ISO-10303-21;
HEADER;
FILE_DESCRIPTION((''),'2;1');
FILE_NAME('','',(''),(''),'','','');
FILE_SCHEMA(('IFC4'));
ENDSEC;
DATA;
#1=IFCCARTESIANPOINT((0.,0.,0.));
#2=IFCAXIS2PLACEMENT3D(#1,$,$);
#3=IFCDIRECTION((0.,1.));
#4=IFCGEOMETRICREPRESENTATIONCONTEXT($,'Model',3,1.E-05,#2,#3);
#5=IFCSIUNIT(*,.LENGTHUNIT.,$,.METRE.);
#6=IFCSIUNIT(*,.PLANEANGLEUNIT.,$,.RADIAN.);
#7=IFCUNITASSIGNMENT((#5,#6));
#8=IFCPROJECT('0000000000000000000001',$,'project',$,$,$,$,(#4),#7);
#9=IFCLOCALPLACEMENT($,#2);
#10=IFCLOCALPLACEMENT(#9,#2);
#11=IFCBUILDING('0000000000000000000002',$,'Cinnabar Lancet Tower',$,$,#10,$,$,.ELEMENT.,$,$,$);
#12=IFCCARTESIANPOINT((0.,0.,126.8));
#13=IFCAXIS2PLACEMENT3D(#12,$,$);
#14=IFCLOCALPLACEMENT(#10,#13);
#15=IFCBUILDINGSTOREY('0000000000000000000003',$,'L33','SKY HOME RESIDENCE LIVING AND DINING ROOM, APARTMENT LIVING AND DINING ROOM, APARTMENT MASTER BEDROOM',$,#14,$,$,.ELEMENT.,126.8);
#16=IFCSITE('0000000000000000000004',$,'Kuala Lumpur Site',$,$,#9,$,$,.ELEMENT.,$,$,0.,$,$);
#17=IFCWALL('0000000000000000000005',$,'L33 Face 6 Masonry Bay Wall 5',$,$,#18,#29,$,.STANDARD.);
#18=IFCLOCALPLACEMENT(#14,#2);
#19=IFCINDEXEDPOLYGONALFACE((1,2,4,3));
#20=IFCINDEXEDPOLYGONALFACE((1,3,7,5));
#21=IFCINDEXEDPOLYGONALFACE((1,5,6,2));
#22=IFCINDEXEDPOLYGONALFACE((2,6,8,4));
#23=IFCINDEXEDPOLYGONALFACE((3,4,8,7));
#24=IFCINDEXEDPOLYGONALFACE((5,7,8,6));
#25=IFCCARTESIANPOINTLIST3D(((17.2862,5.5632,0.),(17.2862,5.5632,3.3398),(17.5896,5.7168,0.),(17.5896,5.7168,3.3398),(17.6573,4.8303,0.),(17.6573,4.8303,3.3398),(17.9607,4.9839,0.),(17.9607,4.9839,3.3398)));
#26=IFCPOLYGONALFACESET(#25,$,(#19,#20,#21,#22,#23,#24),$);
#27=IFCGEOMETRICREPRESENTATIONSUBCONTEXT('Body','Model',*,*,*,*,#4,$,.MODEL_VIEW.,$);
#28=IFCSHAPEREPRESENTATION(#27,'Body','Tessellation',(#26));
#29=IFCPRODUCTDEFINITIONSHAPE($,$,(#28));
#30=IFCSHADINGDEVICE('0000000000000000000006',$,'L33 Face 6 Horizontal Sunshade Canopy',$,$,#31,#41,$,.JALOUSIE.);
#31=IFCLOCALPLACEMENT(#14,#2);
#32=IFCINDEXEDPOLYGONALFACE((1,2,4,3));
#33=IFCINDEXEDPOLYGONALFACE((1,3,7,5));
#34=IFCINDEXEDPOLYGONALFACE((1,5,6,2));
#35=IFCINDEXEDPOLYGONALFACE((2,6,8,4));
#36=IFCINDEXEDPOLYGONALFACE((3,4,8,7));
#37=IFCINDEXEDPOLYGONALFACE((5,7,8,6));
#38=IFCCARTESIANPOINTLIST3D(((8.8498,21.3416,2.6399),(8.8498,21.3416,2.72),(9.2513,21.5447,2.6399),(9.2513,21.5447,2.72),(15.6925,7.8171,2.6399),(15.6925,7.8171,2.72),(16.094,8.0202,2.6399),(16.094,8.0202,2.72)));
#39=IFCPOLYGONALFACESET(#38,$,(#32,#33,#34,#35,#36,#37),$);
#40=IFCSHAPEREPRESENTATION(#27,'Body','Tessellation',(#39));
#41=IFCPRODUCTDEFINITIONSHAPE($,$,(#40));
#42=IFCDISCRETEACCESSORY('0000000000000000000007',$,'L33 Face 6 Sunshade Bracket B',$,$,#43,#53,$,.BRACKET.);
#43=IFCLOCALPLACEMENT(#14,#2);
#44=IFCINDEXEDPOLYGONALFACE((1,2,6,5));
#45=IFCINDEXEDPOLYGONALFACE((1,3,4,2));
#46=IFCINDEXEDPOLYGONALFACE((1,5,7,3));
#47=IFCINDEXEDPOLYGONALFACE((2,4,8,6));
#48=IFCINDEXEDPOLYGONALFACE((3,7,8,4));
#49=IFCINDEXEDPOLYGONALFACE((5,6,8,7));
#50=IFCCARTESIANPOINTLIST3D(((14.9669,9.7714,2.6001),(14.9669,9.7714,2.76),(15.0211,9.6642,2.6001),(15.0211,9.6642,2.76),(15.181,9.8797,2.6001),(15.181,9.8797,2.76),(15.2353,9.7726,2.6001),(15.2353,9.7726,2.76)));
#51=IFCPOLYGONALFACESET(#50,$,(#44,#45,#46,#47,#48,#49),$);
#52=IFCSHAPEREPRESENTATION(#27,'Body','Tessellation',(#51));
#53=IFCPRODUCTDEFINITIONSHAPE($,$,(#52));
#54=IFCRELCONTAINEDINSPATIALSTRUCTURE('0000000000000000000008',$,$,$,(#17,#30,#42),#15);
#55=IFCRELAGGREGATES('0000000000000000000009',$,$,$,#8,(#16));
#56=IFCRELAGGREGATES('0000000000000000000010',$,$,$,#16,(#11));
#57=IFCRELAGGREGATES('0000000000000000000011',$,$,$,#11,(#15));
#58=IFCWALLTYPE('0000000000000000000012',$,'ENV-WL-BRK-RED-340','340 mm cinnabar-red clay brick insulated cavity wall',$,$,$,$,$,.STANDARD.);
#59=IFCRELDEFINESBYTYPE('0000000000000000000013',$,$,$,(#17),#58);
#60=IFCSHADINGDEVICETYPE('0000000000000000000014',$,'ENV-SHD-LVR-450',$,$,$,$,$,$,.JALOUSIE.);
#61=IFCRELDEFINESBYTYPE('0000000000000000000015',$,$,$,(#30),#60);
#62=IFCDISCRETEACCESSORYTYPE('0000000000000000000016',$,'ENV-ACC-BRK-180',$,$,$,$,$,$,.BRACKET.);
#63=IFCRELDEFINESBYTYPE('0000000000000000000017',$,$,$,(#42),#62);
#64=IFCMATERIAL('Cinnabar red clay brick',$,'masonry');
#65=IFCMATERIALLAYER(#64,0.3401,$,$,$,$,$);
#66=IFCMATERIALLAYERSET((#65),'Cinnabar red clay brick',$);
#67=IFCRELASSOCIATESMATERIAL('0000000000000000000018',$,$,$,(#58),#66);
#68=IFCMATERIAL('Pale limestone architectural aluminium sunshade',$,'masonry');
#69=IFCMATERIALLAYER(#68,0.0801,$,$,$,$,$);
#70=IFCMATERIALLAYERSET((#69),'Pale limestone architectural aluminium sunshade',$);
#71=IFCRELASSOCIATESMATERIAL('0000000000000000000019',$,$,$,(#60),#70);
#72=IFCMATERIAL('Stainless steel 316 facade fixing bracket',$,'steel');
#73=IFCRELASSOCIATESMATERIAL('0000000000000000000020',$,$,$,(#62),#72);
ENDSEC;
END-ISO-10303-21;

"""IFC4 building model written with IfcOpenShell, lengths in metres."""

from ifc_helpers import new_model, si_unit, direction, frame, frame_2d, origin, origin_2d, place, context, subcontext, project, spatial, rectangle, extrude, material, layer, layer_set, type_object, element, save


model = new_model("IFC4")

# Units and contexts
model_context = context("Model", 3, precision=1e-05, world=origin(), true_north=direction((0.0, 1.0)))
body_context = subcontext(model_context, "Body", "Model", "MODEL_VIEW")
ifc_project = project(units=[si_unit("LENGTHUNIT", "METRE"), si_unit("PLANEANGLEUNIT", "RADIAN")], contexts=[model_context])

# Site, building, storey
site_placement = place(None, origin())
site = spatial("IfcSite", under=ifc_project, at=site_placement, Name="Kuala Lumpur Site", CompositionType="ELEMENT", RefElevation=0.0)
building_placement = place(site_placement, origin())
building = spatial("IfcBuilding", under=site, at=building_placement, Name="Cinnabar Lancet Tower", CompositionType="ELEMENT")
storey_placement = place(building_placement, frame((0.0, 0.0, 126.8)))
storey = spatial("IfcBuildingStorey", under=building, at=storey_placement, Name="L33", Description="SKY HOME RESIDENCE LIVING AND DINING ROOM, APARTMENT LIVING AND DINING ROOM, APARTMENT MASTER BEDROOM", CompositionType="ELEMENT", Elevation=126.8)

# Shared definitions
ifc_material_1 = material(Name="Cinnabar red clay brick", Category="masonry")
ifc_layer_1 = layer(ifc_material_1, 0.3401)
ifc_layer_set_1 = layer_set([ifc_layer_1], Name="Cinnabar red clay brick")
wall_type = type_object("IfcWallType", Name="ENV-WL-BRK-RED-340", Description="340 mm cinnabar-red clay brick insulated cavity wall", PredefinedType="STANDARD", material=ifc_layer_set_1)

# Wall
wall_1_placement = place(storey_placement, frame((17.438, 5.6399, 0.0), z_axis=(0.0, 0.0, 1.0), x_axis=(0.451725, -0.892157, 0.0)))
element("IfcWall", 1, at=wall_1_placement, inside=storey, type_object=wall_type, Name="L33 Face 6 Masonry Bay Wall 5", PredefinedType="STANDARD", context=body_context, shape_type="SweptSolid", body=[
    extrude(rectangle(XDim=0.8215, YDim=0.3401, at=frame_2d((0.4106, 0.0))), origin(), (0.0, 0.0, 1.0), 3.3398),
])

# Shading device
ifc_material_2 = material(Name="Pale limestone architectural aluminium sunshade", Category="masonry")
ifc_layer_2 = layer(ifc_material_2, 0.0801)
ifc_layer_set_2 = layer_set([ifc_layer_2], Name="Pale limestone architectural aluminium sunshade")
shading_device_type = type_object("IfcShadingDeviceType", Name="ENV-SHD-LVR-450", PredefinedType="JALOUSIE", material=ifc_layer_set_2)
shading_device_placement = place(storey_placement, frame((12.4719, 14.6809, 2.6399), z_axis=(0.0, 0.0, 1.0), x_axis=(0.451454, -0.892294, 0.0)))
element("IfcShadingDevice", 2, at=shading_device_placement, inside=storey, type_object=shading_device_type, Name="L33 Face 6 Horizontal Sunshade Canopy", PredefinedType="JALOUSIE", context=body_context, shape_type="SweptSolid", body=[
    extrude(rectangle(XDim=15.157, YDim=0.45, at=origin_2d()), origin(), (0.0, 0.0, 1.0), 0.0801),
])

# Discrete accessory
ifc_material_3 = material(Name="Stainless steel 316 facade fixing bracket", Category="steel")
discrete_accessory_type = type_object("IfcDiscreteAccessoryType", Name="ENV-ACC-BRK-180", PredefinedType="BRACKET", material=ifc_material_3)
discrete_accessory_placement = place(storey_placement, frame((15.1011, 9.772, 2.6001), z_axis=(0.0, 0.0, 1.0), x_axis=(0.451454, -0.892294, 0.0)))
element("IfcDiscreteAccessory", 3, at=discrete_accessory_placement, inside=storey, type_object=discrete_accessory_type, Name="L33 Face 6 Sunshade Bracket B", PredefinedType="BRACKET", context=body_context, shape_type="SweptSolid", body=[
    extrude(rectangle(XDim=0.1201, YDim=0.24, at=origin_2d()), origin(), (0.0, 0.0, 1.0), 0.1599),
])

save(model, "model.ifc")
